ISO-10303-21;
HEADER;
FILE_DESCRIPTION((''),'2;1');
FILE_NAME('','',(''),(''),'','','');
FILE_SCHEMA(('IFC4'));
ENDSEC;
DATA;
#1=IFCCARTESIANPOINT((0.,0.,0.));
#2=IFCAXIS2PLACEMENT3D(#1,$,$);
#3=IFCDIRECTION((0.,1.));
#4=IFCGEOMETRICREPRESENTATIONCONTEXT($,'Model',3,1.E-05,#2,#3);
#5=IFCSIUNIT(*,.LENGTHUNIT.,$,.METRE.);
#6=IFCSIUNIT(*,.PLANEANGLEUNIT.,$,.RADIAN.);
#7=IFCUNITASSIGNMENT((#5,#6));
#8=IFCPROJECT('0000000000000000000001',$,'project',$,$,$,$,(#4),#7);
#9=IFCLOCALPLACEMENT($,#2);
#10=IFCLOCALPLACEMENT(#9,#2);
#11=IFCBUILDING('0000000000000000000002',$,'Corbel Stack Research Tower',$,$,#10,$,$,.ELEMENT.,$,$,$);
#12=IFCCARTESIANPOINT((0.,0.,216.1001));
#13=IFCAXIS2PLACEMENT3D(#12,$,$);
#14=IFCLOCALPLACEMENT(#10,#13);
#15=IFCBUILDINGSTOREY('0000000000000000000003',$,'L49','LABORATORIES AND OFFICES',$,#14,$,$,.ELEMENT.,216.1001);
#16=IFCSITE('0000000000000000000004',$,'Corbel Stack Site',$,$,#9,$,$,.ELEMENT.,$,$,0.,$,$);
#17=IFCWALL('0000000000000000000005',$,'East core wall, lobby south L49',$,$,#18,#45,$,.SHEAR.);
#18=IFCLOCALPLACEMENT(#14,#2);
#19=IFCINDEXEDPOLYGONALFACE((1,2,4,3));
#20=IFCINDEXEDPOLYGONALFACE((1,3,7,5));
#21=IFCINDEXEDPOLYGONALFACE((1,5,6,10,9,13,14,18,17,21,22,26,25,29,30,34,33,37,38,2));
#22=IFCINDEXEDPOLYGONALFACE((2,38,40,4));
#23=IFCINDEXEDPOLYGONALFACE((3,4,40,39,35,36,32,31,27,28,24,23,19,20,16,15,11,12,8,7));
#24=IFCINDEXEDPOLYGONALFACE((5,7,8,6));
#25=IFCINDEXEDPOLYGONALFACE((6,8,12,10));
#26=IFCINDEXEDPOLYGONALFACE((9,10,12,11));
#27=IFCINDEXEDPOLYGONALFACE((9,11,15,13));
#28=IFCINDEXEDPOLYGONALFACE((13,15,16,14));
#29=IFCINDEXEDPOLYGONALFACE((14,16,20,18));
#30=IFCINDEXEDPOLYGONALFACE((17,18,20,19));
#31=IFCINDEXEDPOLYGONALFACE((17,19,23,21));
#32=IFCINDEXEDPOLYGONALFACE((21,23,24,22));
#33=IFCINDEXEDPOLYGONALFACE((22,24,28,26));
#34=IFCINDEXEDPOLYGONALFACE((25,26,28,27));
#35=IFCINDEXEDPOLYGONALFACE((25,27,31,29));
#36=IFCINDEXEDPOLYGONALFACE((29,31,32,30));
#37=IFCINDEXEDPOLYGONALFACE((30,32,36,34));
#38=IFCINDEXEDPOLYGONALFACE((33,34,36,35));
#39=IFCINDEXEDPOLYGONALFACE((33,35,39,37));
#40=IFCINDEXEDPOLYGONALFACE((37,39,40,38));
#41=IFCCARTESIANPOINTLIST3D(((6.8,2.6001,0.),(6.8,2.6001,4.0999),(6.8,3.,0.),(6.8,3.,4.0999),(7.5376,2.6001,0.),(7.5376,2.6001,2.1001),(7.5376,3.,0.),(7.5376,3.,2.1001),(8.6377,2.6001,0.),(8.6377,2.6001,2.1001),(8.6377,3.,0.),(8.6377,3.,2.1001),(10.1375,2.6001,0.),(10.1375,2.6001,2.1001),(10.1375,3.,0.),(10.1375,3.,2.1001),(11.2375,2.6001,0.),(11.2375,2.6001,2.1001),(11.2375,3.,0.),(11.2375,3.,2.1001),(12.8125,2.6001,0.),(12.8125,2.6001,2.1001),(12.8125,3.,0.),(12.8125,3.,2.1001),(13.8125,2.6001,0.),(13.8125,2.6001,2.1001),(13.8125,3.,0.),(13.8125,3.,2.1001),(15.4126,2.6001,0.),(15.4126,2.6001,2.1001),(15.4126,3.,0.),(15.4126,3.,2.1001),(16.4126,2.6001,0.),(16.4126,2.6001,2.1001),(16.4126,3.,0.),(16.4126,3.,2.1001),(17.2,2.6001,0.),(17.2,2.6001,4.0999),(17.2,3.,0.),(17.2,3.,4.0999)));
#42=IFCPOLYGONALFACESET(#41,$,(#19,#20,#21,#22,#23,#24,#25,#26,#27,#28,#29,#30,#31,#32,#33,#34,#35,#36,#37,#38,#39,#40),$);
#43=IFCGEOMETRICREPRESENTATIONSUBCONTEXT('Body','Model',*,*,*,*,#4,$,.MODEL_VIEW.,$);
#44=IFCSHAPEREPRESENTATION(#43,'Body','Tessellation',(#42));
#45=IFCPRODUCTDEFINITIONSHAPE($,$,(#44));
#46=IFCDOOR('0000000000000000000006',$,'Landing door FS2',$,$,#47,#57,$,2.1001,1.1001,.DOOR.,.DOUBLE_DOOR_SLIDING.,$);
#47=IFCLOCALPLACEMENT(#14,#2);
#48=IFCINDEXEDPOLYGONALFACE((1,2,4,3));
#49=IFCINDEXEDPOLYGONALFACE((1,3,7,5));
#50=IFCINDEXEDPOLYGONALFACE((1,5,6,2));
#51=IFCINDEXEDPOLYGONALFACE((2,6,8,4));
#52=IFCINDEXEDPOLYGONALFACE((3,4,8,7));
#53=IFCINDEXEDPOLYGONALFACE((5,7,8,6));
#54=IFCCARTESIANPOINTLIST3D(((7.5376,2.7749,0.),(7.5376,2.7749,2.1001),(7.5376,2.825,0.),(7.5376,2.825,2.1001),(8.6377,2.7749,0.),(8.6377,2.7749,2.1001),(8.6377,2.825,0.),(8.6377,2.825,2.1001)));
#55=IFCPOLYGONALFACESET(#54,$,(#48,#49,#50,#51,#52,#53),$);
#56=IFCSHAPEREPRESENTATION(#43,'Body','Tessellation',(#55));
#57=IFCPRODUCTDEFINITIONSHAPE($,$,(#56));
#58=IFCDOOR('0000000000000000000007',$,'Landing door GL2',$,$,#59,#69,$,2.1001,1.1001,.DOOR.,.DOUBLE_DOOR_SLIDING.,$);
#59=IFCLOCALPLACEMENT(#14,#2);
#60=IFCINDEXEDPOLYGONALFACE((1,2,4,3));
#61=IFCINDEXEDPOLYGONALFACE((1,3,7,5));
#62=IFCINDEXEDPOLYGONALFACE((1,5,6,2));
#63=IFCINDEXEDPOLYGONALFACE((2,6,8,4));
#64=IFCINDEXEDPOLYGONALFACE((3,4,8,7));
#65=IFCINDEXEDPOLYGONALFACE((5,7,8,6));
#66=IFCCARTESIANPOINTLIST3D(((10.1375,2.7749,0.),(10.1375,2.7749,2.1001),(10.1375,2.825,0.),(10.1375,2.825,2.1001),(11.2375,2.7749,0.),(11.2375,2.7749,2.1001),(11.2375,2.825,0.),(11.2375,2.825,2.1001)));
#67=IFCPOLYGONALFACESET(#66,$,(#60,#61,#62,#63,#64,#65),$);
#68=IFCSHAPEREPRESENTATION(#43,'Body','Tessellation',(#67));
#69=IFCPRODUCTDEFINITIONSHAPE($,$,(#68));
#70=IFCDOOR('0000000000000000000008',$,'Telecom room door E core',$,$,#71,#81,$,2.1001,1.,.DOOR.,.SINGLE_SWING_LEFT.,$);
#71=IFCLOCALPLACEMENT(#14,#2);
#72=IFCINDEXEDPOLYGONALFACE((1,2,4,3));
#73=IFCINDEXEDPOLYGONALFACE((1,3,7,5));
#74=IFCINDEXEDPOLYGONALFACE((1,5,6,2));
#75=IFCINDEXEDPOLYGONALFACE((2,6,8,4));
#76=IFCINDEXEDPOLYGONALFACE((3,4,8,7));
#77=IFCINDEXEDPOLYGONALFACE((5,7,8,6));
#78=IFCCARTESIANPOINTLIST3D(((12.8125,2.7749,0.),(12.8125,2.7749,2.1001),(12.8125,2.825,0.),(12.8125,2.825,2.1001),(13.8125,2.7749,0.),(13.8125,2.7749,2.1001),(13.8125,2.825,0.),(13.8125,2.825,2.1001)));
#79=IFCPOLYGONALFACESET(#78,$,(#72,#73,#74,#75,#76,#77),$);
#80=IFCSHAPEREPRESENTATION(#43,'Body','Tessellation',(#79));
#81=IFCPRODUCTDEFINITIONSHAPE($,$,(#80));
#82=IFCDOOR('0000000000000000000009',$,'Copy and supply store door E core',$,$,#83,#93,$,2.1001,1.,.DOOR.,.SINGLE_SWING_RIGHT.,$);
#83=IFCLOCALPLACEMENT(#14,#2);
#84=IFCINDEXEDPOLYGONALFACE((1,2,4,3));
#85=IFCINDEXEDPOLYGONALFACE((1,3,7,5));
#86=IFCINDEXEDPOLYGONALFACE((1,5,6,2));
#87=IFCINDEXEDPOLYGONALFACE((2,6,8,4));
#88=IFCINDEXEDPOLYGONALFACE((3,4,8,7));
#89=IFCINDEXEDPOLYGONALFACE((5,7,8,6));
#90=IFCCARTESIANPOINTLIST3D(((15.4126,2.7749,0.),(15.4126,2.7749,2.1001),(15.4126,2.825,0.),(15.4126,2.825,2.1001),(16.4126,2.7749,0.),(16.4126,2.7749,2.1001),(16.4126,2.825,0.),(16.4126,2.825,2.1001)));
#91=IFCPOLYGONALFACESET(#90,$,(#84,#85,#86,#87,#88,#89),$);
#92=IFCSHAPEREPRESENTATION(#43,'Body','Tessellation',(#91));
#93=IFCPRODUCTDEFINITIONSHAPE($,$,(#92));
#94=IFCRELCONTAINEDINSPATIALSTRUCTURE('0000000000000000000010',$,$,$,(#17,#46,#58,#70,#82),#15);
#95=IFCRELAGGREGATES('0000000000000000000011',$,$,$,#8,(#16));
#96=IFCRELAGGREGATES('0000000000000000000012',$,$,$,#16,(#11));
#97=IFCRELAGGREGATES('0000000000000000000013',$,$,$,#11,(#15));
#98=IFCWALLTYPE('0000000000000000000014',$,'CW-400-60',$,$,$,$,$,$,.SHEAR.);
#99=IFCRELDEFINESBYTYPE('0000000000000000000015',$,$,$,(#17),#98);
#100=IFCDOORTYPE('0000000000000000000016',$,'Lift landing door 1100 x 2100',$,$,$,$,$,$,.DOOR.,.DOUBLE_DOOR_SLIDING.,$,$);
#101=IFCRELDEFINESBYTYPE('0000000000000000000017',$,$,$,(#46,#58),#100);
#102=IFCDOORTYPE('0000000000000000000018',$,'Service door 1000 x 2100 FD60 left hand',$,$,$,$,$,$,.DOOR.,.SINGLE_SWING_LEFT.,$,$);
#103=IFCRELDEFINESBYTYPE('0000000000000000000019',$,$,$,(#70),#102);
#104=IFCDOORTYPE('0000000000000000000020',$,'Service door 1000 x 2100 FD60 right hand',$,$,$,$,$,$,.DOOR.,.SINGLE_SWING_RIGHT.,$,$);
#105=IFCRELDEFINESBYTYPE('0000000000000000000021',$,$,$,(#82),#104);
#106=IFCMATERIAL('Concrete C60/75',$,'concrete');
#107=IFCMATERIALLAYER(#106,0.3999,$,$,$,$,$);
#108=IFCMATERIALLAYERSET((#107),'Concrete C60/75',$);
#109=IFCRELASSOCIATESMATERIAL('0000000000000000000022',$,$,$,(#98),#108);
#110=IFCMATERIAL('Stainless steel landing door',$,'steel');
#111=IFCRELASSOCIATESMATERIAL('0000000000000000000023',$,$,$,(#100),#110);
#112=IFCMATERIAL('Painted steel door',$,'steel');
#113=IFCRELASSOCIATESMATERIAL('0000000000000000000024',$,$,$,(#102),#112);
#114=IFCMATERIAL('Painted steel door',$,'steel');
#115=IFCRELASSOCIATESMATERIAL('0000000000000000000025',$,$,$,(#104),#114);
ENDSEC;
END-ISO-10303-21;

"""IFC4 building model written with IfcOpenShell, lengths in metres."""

from ifc_helpers import new_model, si_unit, direction, frame, frame_2d, origin, place, context, subcontext, project, spatial, rectangle, extrude, material, layer, layer_set, type_object, element, fill, save


model = new_model("IFC4")

# Units and contexts
model_context = context("Model", 3, precision=1e-05, world=origin(), true_north=direction((0.0, 1.0)))
body_context = subcontext(model_context, "Body", "Model", "MODEL_VIEW")
ifc_project = project(units=[si_unit("LENGTHUNIT", "METRE"), si_unit("PLANEANGLEUNIT", "RADIAN")], contexts=[model_context])

# Site, building, storey
site_placement = place(None, origin())
site = spatial("IfcSite", under=ifc_project, at=site_placement, Name="Corbel Stack Site", CompositionType="ELEMENT", RefElevation=0.0)
building_placement = place(site_placement, origin())
building = spatial("IfcBuilding", under=site, at=building_placement, Name="Corbel Stack Research Tower", CompositionType="ELEMENT")
storey_placement = place(building_placement, frame((0.0, 0.0, 216.1001)))
storey = spatial("IfcBuildingStorey", under=building, at=storey_placement, Name="L49", Description="LABORATORIES AND OFFICES", CompositionType="ELEMENT", Elevation=216.1001)

# Wall, openings, doors
ifc_material_1 = material(Name="Concrete C60/75", Category="concrete")
ifc_layer_1 = layer(ifc_material_1, 0.3999)
ifc_layer_set_1 = layer_set([ifc_layer_1], Name="Concrete C60/75")
wall_type_1 = type_object("IfcWallType", Name="CW-400-60", PredefinedType="SHEAR", material=ifc_layer_set_1)
wall_1_placement = place(storey_placement, frame((6.8, 2.8, 0.0), z_axis=(0.0, 0.0, 1.0), x_axis=(1.0, 0.0, 0.0)))
wall_1 = element("IfcWall", 1, at=wall_1_placement, inside=storey, type_object=wall_type_1, Name="East core wall, lobby south L49", PredefinedType="SHEAR", context=body_context, shape_type="SweptSolid", body=[
    extrude(rectangle(XDim=10.3999, YDim=0.3999, at=frame_2d((5.2, 0.0))), origin(), (0.0, 0.0, 1.0), 4.0999),
])
opening_1_placement = place(wall_1_placement, frame((0.7375, 0.0, 0.0)))
opening_1 = element("IfcOpeningElement", 2, at=opening_1_placement, cuts=wall_1, PredefinedType="OPENING", context=body_context, shape_type="SweptSolid", body=[
    extrude(rectangle(XDim=1.1001, YDim=2.1001, at=frame_2d((0.55, 1.05))), frame((0.0, 0.21, 0.0), z_axis=(0.0, -1.0, 0.0), x_axis=(1.0, 0.0, 0.0)), (0.0, 0.0, 1.0), 0.4199),
])
opening_2_placement = place(wall_1_placement, frame((3.3374, 0.0, 0.0)))
opening_2 = element("IfcOpeningElement", 3, at=opening_2_placement, cuts=wall_1, PredefinedType="OPENING", context=body_context, shape_type="SweptSolid", body=[
    extrude(rectangle(XDim=1.1001, YDim=2.1001, at=frame_2d((0.55, 1.05))), frame((0.0, 0.21, 0.0), z_axis=(0.0, -1.0, 0.0), x_axis=(1.0, 0.0, 0.0)), (0.0, 0.0, 1.0), 0.4199),
])
opening_3_placement = place(wall_1_placement, frame((6.0125, 0.0, 0.0)))
opening_3 = element("IfcOpeningElement", 4, at=opening_3_placement, cuts=wall_1, PredefinedType="OPENING", context=body_context, shape_type="SweptSolid", body=[
    extrude(rectangle(XDim=1.0, YDim=2.1001, at=frame_2d((0.5, 1.05))), frame((0.0, 0.21, 0.0), z_axis=(0.0, -1.0, 0.0), x_axis=(1.0, 0.0, 0.0)), (0.0, 0.0, 1.0), 0.4199),
])
opening_4_placement = place(wall_1_placement, frame((8.6125, 0.0, 0.0)))
opening_4 = element("IfcOpeningElement", 5, at=opening_4_placement, cuts=wall_1, PredefinedType="OPENING", context=body_context, shape_type="SweptSolid", body=[
    extrude(rectangle(XDim=1.0, YDim=2.1001, at=frame_2d((0.5, 1.05))), frame((0.0, 0.21, 0.0), z_axis=(0.0, -1.0, 0.0), x_axis=(1.0, 0.0, 0.0)), (0.0, 0.0, 1.0), 0.4199),
])
ifc_material_2 = material(Name="Stainless steel landing door", Category="steel")
door_type_1 = type_object("IfcDoorType", Name="Lift landing door 1100 x 2100", OperationType="DOUBLE_DOOR_SLIDING", PredefinedType="DOOR", material=ifc_material_2)
door_1_placement = place(opening_1_placement, origin())
door_1 = element("IfcDoor", 6, at=door_1_placement, inside=storey, type_object=door_type_1, Name="Landing door FS2", OperationType="DOUBLE_DOOR_SLIDING", OverallHeight=2.1001, OverallWidth=1.1001, PredefinedType="DOOR", context=body_context, shape_type="SweptSolid", body=[
    extrude(rectangle(XDim=1.1001, YDim=2.1001, at=frame_2d((0.55, 1.05))), frame((0.0, 0.0249, 0.0), z_axis=(0.0, -1.0, 0.0), x_axis=(1.0, 0.0, 0.0)), (0.0, 0.0, 1.0), 0.05),
])
fill(opening_1, door_1)
door_2_placement = place(opening_2_placement, origin())
door_2 = element("IfcDoor", 7, at=door_2_placement, inside=storey, type_object=door_type_1, Name="Landing door GL2", OperationType="DOUBLE_DOOR_SLIDING", OverallHeight=2.1001, OverallWidth=1.1001, PredefinedType="DOOR", context=body_context, shape_type="SweptSolid", body=[
    extrude(rectangle(XDim=1.1001, YDim=2.1001, at=frame_2d((0.55, 1.05))), frame((0.0, 0.0249, 0.0), z_axis=(0.0, -1.0, 0.0), x_axis=(1.0, 0.0, 0.0)), (0.0, 0.0, 1.0), 0.05),
])
fill(opening_2, door_2)
ifc_material_3 = material(Name="Painted steel door", Category="steel")
door_type_2 = type_object("IfcDoorType", Name="Service door 1000 x 2100 FD60 left hand", OperationType="SINGLE_SWING_LEFT", PredefinedType="DOOR", material=ifc_material_3)
door_3_placement = place(opening_3_placement, origin())
door_3 = element("IfcDoor", 8, at=door_3_placement, inside=storey, type_object=door_type_2, Name="Telecom room door E core", OperationType="SINGLE_SWING_LEFT", OverallHeight=2.1001, OverallWidth=1.0, PredefinedType="DOOR", context=body_context, shape_type="SweptSolid", body=[
    extrude(rectangle(XDim=1.0, YDim=2.1001, at=frame_2d((0.5, 1.05))), frame((0.0, 0.0249, 0.0), z_axis=(0.0, -1.0, 0.0), x_axis=(1.0, 0.0, 0.0)), (0.0, 0.0, 1.0), 0.05),
])
fill(opening_3, door_3)
ifc_material_4 = material(Name="Painted steel door", Category="steel")
door_type_3 = type_object("IfcDoorType", Name="Service door 1000 x 2100 FD60 right hand", OperationType="SINGLE_SWING_RIGHT", PredefinedType="DOOR", material=ifc_material_4)
door_4_placement = place(opening_4_placement, origin())
door_4 = element("IfcDoor", 9, at=door_4_placement, inside=storey, type_object=door_type_3, Name="Copy and supply store door E core", OperationType="SINGLE_SWING_RIGHT", OverallHeight=2.1001, OverallWidth=1.0, PredefinedType="DOOR", context=body_context, shape_type="SweptSolid", body=[
    extrude(rectangle(XDim=1.0, YDim=2.1001, at=frame_2d((0.5, 1.05))), frame((0.0, 0.0249, 0.0), z_axis=(0.0, -1.0, 0.0), x_axis=(1.0, 0.0, 0.0)), (0.0, 0.0, 1.0), 0.05),
])
fill(opening_4, door_4)

save(model, "model.ifc")
